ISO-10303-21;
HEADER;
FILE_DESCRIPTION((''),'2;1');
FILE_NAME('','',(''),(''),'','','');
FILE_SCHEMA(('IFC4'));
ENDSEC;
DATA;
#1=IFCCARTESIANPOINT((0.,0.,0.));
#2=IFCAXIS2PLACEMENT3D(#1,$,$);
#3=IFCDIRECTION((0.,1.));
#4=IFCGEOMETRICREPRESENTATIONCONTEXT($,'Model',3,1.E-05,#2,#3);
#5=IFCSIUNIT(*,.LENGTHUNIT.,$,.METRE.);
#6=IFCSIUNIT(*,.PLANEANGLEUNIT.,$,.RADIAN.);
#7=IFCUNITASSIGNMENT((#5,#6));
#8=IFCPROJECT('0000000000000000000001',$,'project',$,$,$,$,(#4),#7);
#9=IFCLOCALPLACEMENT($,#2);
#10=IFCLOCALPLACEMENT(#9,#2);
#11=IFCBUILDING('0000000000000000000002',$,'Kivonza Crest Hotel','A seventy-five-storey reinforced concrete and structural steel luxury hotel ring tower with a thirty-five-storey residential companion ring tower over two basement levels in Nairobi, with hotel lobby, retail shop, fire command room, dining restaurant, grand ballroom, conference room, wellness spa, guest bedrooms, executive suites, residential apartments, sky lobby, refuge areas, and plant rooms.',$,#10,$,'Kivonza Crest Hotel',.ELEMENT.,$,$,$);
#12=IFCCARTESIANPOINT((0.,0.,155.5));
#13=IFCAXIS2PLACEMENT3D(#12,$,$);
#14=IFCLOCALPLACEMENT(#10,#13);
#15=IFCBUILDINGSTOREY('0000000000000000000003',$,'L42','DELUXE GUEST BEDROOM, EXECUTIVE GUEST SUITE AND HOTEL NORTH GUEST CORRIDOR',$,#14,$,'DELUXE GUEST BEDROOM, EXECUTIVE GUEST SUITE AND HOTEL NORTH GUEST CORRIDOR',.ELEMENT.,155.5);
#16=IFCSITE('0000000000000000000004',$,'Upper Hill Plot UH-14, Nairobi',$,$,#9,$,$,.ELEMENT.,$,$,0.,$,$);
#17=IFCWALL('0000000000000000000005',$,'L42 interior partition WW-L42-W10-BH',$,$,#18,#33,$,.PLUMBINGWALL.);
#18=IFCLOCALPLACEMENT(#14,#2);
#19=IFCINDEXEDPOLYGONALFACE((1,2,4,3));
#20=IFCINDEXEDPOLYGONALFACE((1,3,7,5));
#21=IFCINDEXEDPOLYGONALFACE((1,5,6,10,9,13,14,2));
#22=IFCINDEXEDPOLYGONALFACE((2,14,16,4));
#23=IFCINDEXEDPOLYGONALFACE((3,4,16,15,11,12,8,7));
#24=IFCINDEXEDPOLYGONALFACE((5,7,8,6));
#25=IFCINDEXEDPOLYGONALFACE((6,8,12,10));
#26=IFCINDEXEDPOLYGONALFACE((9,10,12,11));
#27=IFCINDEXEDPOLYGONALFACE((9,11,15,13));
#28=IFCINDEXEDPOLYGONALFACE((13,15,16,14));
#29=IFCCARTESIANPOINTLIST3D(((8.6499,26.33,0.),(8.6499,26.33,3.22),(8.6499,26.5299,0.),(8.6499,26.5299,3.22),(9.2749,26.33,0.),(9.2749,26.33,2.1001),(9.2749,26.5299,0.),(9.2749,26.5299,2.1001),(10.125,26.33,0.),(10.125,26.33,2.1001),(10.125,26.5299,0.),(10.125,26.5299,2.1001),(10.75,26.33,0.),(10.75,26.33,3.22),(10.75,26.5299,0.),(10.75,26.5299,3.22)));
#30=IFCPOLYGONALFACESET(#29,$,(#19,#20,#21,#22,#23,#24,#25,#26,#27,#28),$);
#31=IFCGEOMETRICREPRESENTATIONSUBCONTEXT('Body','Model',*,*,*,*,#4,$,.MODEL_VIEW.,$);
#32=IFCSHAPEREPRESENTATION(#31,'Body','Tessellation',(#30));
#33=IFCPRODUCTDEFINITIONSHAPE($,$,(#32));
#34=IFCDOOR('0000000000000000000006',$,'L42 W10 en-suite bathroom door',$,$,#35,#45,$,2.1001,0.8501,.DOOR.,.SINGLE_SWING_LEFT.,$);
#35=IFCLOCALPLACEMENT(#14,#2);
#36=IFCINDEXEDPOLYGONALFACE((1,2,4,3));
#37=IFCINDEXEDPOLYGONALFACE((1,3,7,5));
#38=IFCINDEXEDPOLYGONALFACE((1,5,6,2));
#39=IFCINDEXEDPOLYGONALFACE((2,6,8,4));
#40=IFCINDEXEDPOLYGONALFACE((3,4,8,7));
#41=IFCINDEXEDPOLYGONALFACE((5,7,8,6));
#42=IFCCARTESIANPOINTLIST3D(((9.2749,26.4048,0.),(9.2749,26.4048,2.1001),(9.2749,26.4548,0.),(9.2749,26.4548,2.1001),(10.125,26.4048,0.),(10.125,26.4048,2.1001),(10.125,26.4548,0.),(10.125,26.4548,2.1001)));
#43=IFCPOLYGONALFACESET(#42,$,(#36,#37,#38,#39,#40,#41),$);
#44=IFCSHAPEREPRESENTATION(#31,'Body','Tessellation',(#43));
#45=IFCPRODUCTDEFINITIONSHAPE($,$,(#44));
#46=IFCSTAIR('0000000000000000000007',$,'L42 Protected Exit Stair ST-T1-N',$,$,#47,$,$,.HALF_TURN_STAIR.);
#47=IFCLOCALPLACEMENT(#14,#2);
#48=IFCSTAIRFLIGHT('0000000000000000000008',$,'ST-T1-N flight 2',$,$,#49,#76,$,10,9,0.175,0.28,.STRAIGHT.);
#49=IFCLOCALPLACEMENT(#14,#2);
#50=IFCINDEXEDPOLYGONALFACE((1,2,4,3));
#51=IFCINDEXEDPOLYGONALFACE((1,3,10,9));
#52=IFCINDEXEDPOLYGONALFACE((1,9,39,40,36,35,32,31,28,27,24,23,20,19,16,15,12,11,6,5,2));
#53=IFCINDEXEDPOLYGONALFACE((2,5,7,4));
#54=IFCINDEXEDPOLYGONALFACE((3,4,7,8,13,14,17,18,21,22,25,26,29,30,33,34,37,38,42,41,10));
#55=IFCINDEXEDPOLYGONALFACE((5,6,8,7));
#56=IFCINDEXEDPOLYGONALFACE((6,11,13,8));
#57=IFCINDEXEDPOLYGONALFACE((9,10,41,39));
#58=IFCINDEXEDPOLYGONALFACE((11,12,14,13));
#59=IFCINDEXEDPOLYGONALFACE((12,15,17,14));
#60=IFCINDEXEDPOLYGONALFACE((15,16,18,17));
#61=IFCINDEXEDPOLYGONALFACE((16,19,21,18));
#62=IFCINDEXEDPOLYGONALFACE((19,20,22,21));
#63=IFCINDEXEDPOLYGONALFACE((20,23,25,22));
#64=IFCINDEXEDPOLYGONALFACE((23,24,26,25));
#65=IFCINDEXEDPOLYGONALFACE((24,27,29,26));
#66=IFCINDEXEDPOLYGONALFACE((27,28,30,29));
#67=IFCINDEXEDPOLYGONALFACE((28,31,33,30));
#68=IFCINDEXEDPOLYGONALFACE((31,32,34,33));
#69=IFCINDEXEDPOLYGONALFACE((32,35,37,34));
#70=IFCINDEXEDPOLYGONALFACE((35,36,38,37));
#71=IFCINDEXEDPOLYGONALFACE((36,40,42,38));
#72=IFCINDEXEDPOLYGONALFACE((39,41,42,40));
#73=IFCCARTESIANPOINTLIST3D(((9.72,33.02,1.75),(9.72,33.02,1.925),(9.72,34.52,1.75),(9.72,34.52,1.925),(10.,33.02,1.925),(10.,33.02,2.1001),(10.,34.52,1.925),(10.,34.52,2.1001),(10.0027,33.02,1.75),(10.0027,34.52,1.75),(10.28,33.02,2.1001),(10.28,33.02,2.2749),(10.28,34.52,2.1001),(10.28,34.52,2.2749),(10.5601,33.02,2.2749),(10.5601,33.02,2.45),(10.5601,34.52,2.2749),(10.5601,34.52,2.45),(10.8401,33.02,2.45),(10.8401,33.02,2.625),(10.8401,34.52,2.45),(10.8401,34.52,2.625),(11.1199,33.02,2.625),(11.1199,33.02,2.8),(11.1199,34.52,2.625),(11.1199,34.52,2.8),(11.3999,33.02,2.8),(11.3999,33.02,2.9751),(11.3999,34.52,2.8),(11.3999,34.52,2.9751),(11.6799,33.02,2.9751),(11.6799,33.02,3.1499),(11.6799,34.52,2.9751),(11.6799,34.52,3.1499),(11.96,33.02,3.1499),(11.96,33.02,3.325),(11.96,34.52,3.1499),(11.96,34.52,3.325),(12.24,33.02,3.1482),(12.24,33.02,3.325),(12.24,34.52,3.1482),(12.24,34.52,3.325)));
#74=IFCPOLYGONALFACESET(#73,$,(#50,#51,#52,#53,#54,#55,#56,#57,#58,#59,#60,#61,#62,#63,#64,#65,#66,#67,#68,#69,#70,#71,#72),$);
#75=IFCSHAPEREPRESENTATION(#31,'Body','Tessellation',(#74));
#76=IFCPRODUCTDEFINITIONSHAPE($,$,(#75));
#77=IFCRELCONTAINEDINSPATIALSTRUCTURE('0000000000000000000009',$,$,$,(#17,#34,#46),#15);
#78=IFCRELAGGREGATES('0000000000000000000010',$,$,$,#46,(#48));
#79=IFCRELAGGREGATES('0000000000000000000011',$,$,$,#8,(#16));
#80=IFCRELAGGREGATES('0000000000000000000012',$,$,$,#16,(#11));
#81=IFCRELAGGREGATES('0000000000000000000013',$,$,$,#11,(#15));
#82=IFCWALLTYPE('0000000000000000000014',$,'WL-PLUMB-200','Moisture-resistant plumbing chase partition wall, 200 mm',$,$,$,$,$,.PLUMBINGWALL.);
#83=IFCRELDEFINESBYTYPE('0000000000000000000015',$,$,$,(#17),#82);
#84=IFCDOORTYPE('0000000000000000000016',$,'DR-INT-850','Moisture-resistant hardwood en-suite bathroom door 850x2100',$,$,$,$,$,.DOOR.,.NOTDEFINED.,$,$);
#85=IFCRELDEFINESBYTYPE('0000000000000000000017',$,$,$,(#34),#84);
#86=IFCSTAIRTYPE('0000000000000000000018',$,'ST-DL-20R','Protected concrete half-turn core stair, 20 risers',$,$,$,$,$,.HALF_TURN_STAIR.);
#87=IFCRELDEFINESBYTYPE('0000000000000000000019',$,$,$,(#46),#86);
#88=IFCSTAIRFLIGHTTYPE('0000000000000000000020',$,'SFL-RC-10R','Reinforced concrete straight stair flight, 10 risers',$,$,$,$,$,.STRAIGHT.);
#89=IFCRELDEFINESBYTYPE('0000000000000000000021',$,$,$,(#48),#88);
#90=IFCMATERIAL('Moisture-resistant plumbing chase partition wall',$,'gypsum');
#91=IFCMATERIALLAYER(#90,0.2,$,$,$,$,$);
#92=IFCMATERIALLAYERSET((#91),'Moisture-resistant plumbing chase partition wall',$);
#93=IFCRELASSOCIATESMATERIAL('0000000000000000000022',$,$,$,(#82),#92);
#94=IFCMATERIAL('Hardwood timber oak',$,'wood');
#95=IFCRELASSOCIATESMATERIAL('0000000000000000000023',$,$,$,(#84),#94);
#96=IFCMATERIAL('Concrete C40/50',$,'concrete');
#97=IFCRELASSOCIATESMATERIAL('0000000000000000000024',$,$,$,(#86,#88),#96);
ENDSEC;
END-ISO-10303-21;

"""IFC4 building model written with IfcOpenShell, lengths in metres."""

from ifc_helpers import new_model, si_unit, direction, frame, frame_2d, origin, place, context, subcontext, project, spatial, polyline, rectangle, outline, extrude, material, layer, layer_set, type_object, element, fill, aggregate, save


model = new_model("IFC4")

# Units and contexts
model_context = context("Model", 3, precision=1e-05, world=origin(), true_north=direction((0.0, 1.0)))
body_context = subcontext(model_context, "Body", "Model", "MODEL_VIEW")
ifc_project = project(units=[si_unit("LENGTHUNIT", "METRE"), si_unit("PLANEANGLEUNIT", "RADIAN")], contexts=[model_context])

# Site, building, storey
site_placement = place(None, origin())
site = spatial("IfcSite", under=ifc_project, at=site_placement, Name="Upper Hill Plot UH-14, Nairobi", CompositionType="ELEMENT", RefElevation=0.0)
building_placement = place(site_placement, origin())
building = spatial("IfcBuilding", under=site, at=building_placement, Name="Kivonza Crest Hotel", Description="A seventy-five-storey reinforced concrete and structural steel luxury hotel ring tower with a thirty-five-storey residential companion ring tower over two basement levels in Nairobi, with hotel lobby, retail shop, fire command room, dining restaurant, grand ballroom, conference room, wellness spa, guest bedrooms, executive suites, residential apartments, sky lobby, refuge areas, and plant rooms.", LongName="Kivonza Crest Hotel", CompositionType="ELEMENT")
storey_placement = place(building_placement, frame((0.0, 0.0, 155.5)))
storey = spatial("IfcBuildingStorey", under=building, at=storey_placement, Name="L42", Description="DELUXE GUEST BEDROOM, EXECUTIVE GUEST SUITE AND HOTEL NORTH GUEST CORRIDOR", LongName="DELUXE GUEST BEDROOM, EXECUTIVE GUEST SUITE AND HOTEL NORTH GUEST CORRIDOR", CompositionType="ELEMENT", Elevation=155.5)

# Shared definitions
ifc_material_1 = material(Name="Hardwood timber oak", Category="wood")

# Wall, opening, door
ifc_material_2 = material(Name="Moisture-resistant plumbing chase partition wall", Category="gypsum")
ifc_layer_1 = layer(ifc_material_2, 0.2)
ifc_layer_set_1 = layer_set([ifc_layer_1], Name="Moisture-resistant plumbing chase partition wall")
wall_type_1 = type_object("IfcWallType", Name="WL-PLUMB-200", Description="Moisture-resistant plumbing chase partition wall, 200 mm", PredefinedType="PLUMBINGWALL", material=ifc_layer_set_1)
wall_1_placement = place(storey_placement, frame((8.6499, 26.4299, 0.0), z_axis=(0.0, 0.0, 1.0), x_axis=(1.0, 0.0, 0.0)))
wall_1 = element("IfcWall", 1, at=wall_1_placement, inside=storey, type_object=wall_type_1, Name="L42 interior partition WW-L42-W10-BH", PredefinedType="PLUMBINGWALL", context=body_context, shape_type="SweptSolid", body=[
    extrude(rectangle(XDim=2.1001, YDim=0.2, at=frame_2d((1.05, 0.0))), origin(), (0.0, 0.0, 1.0), 3.22),
])
opening_1_placement = place(wall_1_placement, frame((0.625, 0.0, 0.0)))
opening_1 = element("IfcOpeningElement", 2, at=opening_1_placement, cuts=wall_1, PredefinedType="OPENING", context=body_context, shape_type="SweptSolid", body=[
    extrude(rectangle(XDim=0.8501, YDim=2.1001, at=frame_2d((0.425, 1.05))), frame((0.0, 0.1099, 0.0), z_axis=(0.0, -1.0, 0.0), x_axis=(1.0, 0.0, 0.0)), (0.0, 0.0, 1.0), 0.22),
])
door_type_1 = type_object("IfcDoorType", Name="DR-INT-850", Description="Moisture-resistant hardwood en-suite bathroom door 850x2100", OperationType="NOTDEFINED", PredefinedType="DOOR", material=ifc_material_1)
door_1_placement = place(opening_1_placement, origin())
door_1 = element("IfcDoor", 3, at=door_1_placement, inside=storey, type_object=door_type_1, Name="L42 W10 en-suite bathroom door", OperationType="SINGLE_SWING_LEFT", OverallHeight=2.1001, OverallWidth=0.8501, PredefinedType="DOOR", context=body_context, shape_type="SweptSolid", body=[
    extrude(rectangle(XDim=0.8501, YDim=2.1001, at=frame_2d((0.425, 1.05))), frame((0.0, 0.0249, 0.0), z_axis=(0.0, -1.0, 0.0), x_axis=(1.0, 0.0, 0.0)), (0.0, 0.0, 1.0), 0.05),
])
fill(opening_1, door_1)

# Stair, stair flight
ifc_material_3 = material(Name="Concrete C40/50", Category="concrete")
stair_type = type_object("IfcStairType", Name="ST-DL-20R", Description="Protected concrete half-turn core stair, 20 risers", PredefinedType="HALF_TURN_STAIR", material=ifc_material_3)
stair_placement = place(storey_placement, origin())
stair = element("IfcStair", 4, at=stair_placement, inside=storey, type_object=stair_type, Name="L42 Protected Exit Stair ST-T1-N", PredefinedType="HALF_TURN_STAIR")
stair_flight_type = type_object("IfcStairFlightType", Name="SFL-RC-10R", Description="Reinforced concrete straight stair flight, 10 risers", PredefinedType="STRAIGHT", material=ifc_material_3)
stair_flight_placement = place(storey_placement, frame((9.72, 33.77, 1.75), z_axis=(0.0, 0.0, 1.0), x_axis=(1.0, 0.0, 0.0)))
stair_flight = element("IfcStairFlight", 5, at=stair_flight_placement, type_object=stair_flight_type, Name="ST-T1-N flight 2", NumberOfRisers=10, NumberOfTreads=9, PredefinedType="STRAIGHT", RiserHeight=0.175, TreadLength=0.28, context=body_context, shape_type="SweptSolid", body=[
    extrude(outline(polyline([(0.0, 0.0), (0.0, 0.175), (0.28, 0.175), (0.28, 0.3501), (0.5601, 0.3501), (0.5601, 0.5249), (0.8401, 0.5249), (0.8401, 0.7), (1.1201, 0.7), (1.1201, 0.875), (1.3999, 0.875), (1.3999, 1.05), (1.6799, 1.05), (1.6799, 1.2251), (1.96, 1.2251), (1.96, 1.3999), (2.24, 1.3999), (2.24, 1.575), (2.52, 1.575), (2.52, 1.75), (2.52, 1.3982), (0.2827, 0.0), (0.0, 0.0)])), frame((0.0, 0.75, 0.0), z_axis=(0.0, -1.0, 0.0), x_axis=(1.0, 0.0, 0.0)), (0.0, 0.0, 1.0), 1.5),
])
aggregate(stair, [stair_flight])

save(model, "model.ifc")
